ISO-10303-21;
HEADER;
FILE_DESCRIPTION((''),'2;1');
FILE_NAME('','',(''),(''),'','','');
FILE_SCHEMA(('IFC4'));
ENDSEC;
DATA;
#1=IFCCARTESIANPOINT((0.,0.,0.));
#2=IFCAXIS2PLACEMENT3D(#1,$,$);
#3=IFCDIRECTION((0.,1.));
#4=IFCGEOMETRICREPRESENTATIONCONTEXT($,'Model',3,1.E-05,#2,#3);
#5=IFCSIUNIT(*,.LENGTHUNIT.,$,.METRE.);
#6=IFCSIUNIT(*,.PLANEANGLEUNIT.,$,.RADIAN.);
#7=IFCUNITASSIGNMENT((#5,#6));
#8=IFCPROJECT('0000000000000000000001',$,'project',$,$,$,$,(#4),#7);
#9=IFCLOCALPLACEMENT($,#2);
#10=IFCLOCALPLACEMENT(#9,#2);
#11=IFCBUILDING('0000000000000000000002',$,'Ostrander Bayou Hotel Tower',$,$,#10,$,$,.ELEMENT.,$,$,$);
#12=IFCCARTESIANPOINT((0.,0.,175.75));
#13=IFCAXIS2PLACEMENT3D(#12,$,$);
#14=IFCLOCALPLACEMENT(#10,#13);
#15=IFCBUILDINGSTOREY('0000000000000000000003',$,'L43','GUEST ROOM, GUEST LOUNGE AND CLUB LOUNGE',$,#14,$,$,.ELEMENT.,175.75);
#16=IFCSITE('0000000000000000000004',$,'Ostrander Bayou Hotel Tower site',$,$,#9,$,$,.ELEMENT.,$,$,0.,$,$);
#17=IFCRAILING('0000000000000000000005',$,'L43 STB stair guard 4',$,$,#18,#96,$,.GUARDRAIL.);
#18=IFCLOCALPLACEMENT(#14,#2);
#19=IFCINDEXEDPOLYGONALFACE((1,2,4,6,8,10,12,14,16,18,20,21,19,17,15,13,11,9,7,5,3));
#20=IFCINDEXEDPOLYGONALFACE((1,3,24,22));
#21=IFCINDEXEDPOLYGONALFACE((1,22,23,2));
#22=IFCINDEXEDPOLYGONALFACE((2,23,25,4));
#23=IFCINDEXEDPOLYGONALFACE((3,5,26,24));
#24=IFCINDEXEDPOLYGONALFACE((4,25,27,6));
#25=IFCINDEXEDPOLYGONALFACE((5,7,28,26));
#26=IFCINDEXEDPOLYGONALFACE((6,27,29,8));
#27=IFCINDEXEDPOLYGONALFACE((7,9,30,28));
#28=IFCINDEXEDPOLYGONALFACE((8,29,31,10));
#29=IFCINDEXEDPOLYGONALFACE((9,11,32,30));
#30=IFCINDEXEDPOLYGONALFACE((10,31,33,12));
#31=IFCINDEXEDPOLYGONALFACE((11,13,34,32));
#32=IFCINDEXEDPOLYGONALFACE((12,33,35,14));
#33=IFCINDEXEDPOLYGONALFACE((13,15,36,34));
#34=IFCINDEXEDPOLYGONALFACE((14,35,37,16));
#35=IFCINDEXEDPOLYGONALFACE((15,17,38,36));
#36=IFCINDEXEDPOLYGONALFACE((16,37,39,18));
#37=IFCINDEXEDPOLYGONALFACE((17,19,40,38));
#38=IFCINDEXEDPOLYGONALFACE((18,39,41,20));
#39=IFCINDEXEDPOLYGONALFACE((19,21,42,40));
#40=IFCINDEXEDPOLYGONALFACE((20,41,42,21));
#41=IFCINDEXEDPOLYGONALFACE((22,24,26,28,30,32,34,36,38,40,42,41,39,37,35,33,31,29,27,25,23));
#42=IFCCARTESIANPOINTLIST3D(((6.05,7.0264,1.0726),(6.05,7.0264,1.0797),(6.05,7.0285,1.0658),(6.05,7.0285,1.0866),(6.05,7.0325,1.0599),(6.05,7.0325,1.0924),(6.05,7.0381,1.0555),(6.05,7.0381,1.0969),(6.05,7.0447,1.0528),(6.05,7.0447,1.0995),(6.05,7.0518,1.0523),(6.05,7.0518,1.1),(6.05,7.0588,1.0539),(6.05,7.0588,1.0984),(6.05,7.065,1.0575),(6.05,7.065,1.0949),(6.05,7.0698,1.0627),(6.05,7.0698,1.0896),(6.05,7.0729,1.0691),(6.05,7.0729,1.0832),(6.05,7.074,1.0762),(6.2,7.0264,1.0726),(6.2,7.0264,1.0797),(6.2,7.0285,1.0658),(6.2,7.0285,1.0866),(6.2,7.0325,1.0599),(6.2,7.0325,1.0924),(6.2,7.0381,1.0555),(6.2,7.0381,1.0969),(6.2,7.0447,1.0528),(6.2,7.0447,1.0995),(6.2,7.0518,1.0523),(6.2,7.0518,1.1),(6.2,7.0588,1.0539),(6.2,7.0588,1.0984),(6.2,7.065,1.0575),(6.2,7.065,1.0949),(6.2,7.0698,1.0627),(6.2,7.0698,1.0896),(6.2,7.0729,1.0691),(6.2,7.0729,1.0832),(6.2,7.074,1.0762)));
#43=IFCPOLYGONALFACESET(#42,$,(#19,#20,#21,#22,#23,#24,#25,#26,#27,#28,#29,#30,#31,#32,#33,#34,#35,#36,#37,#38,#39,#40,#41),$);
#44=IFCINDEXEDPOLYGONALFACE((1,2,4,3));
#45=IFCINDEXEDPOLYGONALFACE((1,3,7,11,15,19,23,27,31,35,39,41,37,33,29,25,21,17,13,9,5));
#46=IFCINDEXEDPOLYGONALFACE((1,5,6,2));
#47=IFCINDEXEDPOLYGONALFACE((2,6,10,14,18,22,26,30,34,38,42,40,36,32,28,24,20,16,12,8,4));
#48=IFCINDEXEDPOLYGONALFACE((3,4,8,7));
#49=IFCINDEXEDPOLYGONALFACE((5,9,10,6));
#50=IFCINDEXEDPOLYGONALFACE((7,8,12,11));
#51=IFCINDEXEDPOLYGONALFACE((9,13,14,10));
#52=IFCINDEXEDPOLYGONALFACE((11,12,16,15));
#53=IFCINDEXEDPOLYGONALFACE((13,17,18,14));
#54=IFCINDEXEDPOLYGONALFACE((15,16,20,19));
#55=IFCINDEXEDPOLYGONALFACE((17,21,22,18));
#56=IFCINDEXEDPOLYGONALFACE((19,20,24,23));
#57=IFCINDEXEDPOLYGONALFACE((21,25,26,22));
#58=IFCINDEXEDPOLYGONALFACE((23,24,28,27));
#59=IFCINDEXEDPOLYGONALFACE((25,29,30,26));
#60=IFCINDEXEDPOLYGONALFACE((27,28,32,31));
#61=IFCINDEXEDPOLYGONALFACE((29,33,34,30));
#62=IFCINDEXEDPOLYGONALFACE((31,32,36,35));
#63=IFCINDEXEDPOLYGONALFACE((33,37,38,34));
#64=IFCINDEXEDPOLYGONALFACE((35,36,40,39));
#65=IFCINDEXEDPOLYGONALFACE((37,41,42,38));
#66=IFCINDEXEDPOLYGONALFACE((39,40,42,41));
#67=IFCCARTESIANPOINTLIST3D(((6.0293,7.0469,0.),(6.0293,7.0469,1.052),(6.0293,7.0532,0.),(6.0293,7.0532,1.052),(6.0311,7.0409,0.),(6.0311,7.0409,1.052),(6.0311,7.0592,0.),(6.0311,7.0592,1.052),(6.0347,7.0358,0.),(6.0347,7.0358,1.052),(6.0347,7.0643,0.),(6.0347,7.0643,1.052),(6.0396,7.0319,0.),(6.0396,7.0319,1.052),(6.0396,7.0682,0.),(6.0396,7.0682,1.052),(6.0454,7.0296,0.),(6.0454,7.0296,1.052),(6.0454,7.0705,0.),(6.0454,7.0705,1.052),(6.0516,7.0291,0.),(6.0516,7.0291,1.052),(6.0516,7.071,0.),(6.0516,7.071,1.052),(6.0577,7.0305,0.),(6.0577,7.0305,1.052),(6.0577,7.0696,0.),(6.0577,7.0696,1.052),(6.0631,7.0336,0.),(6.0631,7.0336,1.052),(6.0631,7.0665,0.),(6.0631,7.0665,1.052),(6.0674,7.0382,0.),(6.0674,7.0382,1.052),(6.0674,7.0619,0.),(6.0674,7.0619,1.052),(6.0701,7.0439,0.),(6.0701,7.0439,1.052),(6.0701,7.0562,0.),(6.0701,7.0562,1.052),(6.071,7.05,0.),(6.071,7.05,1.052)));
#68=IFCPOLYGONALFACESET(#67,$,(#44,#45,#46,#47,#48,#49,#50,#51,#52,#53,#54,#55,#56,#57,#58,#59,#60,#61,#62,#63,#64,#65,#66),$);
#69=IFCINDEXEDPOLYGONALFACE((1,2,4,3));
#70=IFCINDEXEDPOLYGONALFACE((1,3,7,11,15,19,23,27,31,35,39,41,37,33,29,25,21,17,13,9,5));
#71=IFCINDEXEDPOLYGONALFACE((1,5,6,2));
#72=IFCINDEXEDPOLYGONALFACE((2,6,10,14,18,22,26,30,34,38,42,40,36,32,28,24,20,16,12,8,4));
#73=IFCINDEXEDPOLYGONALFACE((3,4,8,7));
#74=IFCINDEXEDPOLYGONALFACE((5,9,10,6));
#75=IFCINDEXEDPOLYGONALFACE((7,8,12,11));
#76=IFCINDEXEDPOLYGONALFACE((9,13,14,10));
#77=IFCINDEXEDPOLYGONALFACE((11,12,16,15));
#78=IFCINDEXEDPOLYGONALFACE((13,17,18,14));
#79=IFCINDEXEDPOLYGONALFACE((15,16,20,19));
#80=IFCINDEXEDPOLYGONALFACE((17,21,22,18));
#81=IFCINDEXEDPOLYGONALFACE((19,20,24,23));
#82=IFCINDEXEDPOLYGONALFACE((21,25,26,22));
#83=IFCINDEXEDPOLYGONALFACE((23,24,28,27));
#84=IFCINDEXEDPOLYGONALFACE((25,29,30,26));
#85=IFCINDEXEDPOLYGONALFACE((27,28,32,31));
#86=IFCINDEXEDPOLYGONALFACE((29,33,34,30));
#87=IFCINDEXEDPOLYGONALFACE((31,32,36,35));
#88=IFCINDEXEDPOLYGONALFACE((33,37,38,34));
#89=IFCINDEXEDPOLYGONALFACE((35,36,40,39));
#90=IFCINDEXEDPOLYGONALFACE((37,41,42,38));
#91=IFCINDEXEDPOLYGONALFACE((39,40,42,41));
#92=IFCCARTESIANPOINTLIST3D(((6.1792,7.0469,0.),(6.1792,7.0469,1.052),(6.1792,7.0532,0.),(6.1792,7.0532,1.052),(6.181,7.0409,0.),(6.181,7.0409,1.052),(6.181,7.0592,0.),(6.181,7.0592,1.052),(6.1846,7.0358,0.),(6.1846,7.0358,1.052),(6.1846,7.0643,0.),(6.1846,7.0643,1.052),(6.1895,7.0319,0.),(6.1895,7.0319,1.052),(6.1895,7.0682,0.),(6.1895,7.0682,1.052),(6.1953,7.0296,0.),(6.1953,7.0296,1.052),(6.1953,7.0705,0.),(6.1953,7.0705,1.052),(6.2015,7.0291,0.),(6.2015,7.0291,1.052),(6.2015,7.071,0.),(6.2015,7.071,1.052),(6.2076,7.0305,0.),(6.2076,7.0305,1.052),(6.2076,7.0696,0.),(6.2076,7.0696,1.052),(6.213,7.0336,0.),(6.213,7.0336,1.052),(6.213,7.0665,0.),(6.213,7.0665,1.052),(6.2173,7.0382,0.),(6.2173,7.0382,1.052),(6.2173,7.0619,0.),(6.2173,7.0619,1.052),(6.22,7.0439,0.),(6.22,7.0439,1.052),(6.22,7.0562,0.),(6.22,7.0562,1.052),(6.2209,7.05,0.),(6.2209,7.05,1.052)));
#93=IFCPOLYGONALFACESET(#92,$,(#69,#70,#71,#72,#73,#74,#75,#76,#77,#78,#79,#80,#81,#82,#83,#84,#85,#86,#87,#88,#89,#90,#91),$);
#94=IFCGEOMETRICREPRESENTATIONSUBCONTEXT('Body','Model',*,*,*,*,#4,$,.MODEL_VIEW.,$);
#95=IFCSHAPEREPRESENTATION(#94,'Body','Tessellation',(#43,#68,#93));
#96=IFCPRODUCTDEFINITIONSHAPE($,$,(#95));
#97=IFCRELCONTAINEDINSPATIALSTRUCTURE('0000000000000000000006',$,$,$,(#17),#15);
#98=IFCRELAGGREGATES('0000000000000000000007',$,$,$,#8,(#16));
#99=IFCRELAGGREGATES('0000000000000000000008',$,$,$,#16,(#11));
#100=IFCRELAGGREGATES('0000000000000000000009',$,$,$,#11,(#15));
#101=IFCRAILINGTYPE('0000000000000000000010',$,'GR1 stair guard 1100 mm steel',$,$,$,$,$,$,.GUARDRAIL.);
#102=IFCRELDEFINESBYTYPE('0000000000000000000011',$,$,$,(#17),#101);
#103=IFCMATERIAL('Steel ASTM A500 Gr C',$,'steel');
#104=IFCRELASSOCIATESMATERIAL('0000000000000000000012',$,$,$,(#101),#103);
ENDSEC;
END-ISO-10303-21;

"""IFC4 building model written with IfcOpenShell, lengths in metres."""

from ifc_helpers import new_model, si_unit, direction, frame, origin, origin_2d, place, context, subcontext, project, spatial, circle, extrude, material, type_object, element, save


model = new_model("IFC4")

# Units and contexts
model_context = context("Model", 3, precision=1e-05, world=origin(), true_north=direction((0.0, 1.0)))
body_context = subcontext(model_context, "Body", "Model", "MODEL_VIEW")
ifc_project = project(units=[si_unit("LENGTHUNIT", "METRE"), si_unit("PLANEANGLEUNIT", "RADIAN")], contexts=[model_context])

# Site, building, storey
site_placement = place(None, origin())
site = spatial("IfcSite", under=ifc_project, at=site_placement, Name="Ostrander Bayou Hotel Tower site", CompositionType="ELEMENT", RefElevation=0.0)
building_placement = place(site_placement, origin())
building = spatial("IfcBuilding", under=site, at=building_placement, Name="Ostrander Bayou Hotel Tower", CompositionType="ELEMENT")
storey_placement = place(building_placement, frame((0.0, 0.0, 175.75)))
storey = spatial("IfcBuildingStorey", under=building, at=storey_placement, Name="L43", Description="GUEST ROOM, GUEST LOUNGE AND CLUB LOUNGE", CompositionType="ELEMENT", Elevation=175.75)

# Railing
ifc_material_1 = material(Name="Steel ASTM A500 Gr C", Category="steel")
railing_type_1 = type_object("IfcRailingType", Name="GR1 stair guard 1100 mm steel", PredefinedType="GUARDRAIL", material=ifc_material_1)
railing_1_placement = place(storey_placement, frame((6.05, 7.05, 0.0)))
element("IfcRailing", 1, at=railing_1_placement, inside=storey, type_object=railing_type_1, Name="L43 STB stair guard 4", PredefinedType="GUARDRAIL", context=body_context, shape_type="SweptSolid", body=[
    extrude(circle(Radius=0.0239, at=origin_2d()), frame((0.0, 0.0, 1.0762), z_axis=(1.0, 0.0, 0.0), x_axis=(0.0, 1.0, 0.0)), (0.0, 0.0, 1.0), 0.1499),
    extrude(circle(Radius=0.021, at=origin_2d()), origin(), (0.0, 0.0, 1.0), 1.052),
    extrude(circle(Radius=0.021, at=origin_2d()), frame((0.1499, 0.0, 0.0)), (0.0, 0.0, 1.0), 1.052),
])

save(model, "model.ifc")
